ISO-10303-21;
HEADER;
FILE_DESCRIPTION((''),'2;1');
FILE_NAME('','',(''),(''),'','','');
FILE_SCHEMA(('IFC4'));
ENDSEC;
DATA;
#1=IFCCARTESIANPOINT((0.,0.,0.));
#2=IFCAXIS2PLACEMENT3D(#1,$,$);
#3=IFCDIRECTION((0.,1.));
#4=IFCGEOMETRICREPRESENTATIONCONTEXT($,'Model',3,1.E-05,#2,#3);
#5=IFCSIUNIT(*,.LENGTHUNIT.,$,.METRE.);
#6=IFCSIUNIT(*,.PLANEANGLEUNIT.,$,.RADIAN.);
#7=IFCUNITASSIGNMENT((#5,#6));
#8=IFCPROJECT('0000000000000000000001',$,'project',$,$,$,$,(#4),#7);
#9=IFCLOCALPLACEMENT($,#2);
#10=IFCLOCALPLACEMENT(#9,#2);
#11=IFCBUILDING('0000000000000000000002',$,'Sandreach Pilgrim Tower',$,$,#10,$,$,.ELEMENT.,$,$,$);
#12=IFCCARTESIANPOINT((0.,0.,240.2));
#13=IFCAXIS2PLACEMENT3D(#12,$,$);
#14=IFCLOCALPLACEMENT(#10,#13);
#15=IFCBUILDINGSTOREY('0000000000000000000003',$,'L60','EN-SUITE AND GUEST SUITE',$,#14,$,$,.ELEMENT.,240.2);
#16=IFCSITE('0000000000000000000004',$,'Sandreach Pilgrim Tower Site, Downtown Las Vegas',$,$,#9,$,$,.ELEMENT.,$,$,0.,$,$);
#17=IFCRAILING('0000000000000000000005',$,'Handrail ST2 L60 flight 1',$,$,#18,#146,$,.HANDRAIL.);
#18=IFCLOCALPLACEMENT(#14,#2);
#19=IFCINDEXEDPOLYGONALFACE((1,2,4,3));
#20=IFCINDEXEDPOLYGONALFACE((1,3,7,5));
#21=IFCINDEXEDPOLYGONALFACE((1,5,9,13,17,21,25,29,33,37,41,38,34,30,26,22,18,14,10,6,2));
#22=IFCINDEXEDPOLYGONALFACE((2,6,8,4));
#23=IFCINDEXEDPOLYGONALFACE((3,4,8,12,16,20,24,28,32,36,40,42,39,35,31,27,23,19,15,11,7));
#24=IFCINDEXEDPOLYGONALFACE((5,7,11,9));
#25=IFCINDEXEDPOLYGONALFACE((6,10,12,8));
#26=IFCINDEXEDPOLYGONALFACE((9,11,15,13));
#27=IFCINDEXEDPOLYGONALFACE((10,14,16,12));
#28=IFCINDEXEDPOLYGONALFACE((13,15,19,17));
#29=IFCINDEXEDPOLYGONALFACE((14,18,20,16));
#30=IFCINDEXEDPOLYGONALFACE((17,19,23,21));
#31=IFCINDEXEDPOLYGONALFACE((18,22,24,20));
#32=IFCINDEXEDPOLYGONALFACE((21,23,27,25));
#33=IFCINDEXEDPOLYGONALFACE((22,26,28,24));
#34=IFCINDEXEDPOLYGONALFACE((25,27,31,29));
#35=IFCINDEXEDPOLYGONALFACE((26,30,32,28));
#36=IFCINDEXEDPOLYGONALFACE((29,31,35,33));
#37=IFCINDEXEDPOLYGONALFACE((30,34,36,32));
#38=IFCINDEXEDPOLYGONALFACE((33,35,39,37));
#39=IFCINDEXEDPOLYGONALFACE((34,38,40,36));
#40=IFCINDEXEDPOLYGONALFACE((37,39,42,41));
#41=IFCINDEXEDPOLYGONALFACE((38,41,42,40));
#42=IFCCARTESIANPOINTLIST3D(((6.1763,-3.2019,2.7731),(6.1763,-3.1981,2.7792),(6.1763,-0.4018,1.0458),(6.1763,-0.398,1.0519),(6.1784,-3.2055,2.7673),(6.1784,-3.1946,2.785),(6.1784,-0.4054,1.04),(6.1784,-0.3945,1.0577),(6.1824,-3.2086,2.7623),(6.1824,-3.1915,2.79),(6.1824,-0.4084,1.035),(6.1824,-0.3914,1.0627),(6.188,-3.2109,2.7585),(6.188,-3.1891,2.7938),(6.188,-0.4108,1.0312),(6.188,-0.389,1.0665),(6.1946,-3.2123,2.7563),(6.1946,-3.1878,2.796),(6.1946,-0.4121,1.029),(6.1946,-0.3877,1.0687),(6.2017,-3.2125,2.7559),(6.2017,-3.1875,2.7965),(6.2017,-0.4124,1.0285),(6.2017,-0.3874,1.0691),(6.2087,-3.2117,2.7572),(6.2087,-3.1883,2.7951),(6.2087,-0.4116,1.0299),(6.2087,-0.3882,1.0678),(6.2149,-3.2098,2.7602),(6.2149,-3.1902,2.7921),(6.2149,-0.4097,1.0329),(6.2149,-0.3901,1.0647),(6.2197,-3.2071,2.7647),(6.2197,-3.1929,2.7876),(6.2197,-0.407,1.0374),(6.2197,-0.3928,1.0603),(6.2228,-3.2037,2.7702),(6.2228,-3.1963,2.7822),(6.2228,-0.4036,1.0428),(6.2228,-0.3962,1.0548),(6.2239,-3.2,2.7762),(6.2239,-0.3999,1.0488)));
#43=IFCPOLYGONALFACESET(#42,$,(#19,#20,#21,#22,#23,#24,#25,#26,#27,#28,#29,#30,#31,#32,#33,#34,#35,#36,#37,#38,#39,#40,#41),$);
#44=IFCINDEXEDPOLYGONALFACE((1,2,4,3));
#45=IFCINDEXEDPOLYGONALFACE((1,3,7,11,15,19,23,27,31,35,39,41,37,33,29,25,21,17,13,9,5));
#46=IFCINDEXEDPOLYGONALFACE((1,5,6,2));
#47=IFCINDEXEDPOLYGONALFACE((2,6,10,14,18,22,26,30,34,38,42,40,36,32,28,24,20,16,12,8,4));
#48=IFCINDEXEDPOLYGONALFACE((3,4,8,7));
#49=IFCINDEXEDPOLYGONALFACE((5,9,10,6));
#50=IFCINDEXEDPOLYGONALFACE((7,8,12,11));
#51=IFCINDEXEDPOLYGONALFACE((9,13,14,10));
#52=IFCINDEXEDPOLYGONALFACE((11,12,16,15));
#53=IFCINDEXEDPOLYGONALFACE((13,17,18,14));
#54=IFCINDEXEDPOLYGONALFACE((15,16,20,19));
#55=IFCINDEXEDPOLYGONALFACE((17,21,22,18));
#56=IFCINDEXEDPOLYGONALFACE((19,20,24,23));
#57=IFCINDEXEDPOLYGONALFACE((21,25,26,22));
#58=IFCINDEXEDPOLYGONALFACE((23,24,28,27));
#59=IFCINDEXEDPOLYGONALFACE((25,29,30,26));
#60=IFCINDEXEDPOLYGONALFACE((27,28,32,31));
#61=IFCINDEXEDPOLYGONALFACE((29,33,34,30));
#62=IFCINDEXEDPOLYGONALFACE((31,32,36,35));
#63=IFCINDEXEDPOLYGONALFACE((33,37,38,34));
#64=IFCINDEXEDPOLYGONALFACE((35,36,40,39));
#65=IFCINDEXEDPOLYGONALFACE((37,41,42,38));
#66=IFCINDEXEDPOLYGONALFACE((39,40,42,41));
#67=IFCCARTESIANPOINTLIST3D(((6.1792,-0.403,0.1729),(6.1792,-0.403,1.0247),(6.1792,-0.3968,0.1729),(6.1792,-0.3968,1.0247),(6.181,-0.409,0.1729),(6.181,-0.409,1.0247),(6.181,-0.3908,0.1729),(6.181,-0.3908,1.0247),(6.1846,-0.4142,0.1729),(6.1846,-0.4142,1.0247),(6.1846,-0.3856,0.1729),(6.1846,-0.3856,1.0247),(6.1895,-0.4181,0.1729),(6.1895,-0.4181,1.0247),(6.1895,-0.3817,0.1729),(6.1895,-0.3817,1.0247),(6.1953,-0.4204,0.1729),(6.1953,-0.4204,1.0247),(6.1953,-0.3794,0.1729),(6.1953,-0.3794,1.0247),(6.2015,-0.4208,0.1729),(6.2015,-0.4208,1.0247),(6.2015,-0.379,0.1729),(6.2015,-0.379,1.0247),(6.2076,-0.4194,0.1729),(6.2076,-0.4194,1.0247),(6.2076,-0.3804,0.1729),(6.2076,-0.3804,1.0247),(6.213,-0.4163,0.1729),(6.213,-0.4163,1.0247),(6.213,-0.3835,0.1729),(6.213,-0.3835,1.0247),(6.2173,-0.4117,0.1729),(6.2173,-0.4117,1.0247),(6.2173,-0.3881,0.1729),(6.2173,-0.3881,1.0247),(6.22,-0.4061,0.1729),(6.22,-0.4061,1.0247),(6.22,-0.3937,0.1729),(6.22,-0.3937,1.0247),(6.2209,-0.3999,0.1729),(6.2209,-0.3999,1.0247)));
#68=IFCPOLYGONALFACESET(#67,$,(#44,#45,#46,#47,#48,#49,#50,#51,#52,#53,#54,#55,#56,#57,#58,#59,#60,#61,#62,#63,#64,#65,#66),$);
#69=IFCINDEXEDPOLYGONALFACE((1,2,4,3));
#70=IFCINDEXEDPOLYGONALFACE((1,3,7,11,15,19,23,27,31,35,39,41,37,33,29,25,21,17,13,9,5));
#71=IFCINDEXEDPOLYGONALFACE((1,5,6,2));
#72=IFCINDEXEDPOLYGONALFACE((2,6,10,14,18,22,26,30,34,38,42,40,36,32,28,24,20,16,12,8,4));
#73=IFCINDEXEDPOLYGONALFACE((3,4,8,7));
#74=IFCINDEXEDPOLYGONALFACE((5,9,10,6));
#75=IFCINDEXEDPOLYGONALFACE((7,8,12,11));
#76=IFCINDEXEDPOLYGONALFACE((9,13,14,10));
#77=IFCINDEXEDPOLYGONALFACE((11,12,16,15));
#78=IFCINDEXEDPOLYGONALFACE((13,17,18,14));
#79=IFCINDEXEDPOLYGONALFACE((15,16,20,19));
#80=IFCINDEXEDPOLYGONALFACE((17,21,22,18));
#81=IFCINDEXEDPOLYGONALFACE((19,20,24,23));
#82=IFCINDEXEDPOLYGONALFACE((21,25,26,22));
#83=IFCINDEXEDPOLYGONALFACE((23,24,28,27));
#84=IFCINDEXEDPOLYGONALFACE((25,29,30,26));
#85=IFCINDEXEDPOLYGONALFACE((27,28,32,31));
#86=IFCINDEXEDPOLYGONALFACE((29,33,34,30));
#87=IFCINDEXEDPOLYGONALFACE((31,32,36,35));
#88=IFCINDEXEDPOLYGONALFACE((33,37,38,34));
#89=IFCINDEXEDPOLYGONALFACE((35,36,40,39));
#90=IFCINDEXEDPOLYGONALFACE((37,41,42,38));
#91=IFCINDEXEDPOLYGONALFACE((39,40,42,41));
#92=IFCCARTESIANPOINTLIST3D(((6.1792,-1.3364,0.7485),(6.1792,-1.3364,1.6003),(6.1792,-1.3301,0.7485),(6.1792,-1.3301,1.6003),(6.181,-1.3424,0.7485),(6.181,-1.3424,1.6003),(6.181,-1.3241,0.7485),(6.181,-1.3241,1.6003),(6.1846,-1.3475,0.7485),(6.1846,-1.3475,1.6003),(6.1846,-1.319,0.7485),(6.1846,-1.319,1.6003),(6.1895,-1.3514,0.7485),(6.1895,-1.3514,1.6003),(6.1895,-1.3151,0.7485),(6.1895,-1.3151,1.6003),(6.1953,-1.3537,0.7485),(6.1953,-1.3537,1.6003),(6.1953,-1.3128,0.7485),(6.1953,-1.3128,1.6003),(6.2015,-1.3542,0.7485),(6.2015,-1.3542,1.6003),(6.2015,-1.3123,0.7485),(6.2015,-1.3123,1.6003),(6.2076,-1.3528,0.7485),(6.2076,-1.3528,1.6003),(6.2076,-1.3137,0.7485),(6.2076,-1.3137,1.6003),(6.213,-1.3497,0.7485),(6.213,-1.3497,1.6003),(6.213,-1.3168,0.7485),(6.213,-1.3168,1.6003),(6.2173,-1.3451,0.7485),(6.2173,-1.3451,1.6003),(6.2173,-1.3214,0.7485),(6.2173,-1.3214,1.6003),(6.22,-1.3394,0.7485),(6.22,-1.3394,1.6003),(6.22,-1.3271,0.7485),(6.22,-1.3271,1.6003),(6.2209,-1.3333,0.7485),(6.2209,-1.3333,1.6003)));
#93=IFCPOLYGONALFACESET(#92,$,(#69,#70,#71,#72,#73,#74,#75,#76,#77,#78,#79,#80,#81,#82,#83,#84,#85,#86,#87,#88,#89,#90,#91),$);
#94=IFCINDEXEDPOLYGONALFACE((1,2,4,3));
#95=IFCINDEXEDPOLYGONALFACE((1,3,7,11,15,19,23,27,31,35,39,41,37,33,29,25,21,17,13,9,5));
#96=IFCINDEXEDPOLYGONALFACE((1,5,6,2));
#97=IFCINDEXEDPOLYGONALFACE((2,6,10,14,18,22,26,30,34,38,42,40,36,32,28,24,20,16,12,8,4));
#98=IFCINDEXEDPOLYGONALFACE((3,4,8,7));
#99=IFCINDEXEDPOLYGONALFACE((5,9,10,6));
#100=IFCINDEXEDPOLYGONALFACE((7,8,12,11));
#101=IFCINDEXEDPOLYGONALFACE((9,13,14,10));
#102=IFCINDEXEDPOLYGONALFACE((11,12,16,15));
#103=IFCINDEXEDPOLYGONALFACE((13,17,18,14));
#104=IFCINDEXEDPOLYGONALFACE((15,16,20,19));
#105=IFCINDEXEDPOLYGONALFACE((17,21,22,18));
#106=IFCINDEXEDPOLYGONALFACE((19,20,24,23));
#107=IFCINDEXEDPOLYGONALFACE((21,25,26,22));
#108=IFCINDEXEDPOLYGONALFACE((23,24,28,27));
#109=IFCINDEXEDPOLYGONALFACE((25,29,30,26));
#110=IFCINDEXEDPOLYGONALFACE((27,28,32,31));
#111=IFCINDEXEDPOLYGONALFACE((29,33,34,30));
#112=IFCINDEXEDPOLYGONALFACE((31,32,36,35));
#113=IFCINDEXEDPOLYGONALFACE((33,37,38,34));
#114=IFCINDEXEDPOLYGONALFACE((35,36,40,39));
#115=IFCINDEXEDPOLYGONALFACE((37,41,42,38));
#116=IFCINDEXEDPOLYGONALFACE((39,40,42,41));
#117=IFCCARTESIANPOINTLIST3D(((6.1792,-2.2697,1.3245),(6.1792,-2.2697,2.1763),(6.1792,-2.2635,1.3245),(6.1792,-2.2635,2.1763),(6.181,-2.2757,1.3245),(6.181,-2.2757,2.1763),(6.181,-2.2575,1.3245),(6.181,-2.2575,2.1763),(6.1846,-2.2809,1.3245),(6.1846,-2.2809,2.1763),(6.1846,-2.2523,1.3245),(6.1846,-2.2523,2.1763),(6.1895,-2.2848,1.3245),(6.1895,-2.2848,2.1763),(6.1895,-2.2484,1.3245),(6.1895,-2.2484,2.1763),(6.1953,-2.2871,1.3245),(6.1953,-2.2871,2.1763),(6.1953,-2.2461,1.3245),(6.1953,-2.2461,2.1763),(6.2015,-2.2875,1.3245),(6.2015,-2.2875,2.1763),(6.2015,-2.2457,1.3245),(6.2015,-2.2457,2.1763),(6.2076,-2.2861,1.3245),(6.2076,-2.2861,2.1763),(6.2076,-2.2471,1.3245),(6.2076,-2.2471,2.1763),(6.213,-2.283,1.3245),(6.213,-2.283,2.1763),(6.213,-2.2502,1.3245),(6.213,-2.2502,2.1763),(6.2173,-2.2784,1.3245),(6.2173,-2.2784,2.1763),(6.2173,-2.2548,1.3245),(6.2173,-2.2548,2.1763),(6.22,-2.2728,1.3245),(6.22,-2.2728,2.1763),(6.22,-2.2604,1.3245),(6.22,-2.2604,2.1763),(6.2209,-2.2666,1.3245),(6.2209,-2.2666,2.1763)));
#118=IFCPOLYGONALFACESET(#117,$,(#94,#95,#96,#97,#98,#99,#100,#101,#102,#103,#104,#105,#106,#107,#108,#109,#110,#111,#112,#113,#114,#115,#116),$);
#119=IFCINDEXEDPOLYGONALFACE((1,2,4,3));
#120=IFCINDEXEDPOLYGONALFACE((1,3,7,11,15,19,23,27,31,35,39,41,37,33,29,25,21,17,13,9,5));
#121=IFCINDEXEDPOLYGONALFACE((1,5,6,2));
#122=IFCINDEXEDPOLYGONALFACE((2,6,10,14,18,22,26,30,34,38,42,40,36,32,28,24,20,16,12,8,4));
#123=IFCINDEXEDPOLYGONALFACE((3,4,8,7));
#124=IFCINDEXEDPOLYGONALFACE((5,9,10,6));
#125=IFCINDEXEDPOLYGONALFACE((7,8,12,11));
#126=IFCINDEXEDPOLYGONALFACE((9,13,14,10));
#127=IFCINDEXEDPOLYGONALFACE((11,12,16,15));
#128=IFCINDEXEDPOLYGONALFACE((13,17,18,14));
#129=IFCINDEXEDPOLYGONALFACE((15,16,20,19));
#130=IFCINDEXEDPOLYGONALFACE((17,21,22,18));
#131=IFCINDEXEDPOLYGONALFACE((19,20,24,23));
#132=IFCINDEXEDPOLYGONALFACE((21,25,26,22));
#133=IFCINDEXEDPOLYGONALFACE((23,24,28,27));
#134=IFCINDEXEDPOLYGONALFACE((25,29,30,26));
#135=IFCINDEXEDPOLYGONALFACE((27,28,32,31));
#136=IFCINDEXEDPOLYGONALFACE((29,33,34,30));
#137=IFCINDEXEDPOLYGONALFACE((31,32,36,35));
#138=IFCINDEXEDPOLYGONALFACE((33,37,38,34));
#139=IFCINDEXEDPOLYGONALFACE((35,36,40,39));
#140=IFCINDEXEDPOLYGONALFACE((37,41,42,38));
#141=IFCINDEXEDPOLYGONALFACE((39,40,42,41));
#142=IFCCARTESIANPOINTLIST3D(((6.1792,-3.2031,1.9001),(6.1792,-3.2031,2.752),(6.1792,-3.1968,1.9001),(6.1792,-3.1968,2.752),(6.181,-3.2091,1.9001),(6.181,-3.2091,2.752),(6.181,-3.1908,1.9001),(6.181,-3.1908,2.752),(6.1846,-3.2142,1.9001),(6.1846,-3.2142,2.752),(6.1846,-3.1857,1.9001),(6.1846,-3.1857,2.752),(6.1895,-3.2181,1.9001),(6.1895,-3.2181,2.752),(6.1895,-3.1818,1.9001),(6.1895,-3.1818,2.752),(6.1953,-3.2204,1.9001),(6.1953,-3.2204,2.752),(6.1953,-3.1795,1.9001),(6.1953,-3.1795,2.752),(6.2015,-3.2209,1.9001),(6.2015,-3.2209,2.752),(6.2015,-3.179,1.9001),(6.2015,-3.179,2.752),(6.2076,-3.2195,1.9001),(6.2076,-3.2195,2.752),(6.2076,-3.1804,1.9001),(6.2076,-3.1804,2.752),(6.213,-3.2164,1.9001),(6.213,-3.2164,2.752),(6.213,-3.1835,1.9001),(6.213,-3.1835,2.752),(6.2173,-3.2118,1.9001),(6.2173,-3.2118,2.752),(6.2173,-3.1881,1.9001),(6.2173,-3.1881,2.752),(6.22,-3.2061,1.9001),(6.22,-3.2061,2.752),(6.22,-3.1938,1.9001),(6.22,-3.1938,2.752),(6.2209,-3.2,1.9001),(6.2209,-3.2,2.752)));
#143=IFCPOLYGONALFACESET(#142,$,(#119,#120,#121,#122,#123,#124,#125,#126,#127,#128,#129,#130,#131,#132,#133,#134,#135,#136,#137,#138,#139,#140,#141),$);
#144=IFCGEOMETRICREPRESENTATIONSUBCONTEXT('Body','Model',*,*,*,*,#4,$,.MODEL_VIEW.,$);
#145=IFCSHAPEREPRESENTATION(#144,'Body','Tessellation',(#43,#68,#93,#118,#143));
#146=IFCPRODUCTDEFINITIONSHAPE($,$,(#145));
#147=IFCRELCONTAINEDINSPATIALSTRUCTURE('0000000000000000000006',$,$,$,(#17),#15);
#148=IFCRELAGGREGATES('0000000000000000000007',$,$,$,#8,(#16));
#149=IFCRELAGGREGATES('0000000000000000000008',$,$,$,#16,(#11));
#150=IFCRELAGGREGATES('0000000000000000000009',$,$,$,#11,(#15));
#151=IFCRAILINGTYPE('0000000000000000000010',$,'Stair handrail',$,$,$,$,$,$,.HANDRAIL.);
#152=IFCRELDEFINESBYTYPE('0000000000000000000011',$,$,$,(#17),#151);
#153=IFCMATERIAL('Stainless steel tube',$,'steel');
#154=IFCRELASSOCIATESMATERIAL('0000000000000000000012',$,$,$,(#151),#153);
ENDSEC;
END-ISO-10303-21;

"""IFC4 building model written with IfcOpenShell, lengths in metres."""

from ifc_helpers import new_model, si_unit, direction, frame, origin, origin_2d, place, context, subcontext, project, spatial, circle, extrude, material, type_object, element, save


model = new_model("IFC4")

# Units and contexts
model_context = context("Model", 3, precision=1e-05, world=origin(), true_north=direction((0.0, 1.0)))
body_context = subcontext(model_context, "Body", "Model", "MODEL_VIEW")
ifc_project = project(units=[si_unit("LENGTHUNIT", "METRE"), si_unit("PLANEANGLEUNIT", "RADIAN")], contexts=[model_context])

# Site, building, storey
site_placement = place(None, origin())
site = spatial("IfcSite", under=ifc_project, at=site_placement, Name="Sandreach Pilgrim Tower Site, Downtown Las Vegas", CompositionType="ELEMENT", RefElevation=0.0)
building_placement = place(site_placement, origin())
building = spatial("IfcBuilding", under=site, at=building_placement, Name="Sandreach Pilgrim Tower", CompositionType="ELEMENT")
storey_placement = place(building_placement, frame((0.0, 0.0, 240.2)))
storey = spatial("IfcBuildingStorey", under=building, at=storey_placement, Name="L60", Description="EN-SUITE AND GUEST SUITE", CompositionType="ELEMENT", Elevation=240.2)

# Railing
ifc_material_1 = material(Name="Stainless steel tube", Category="steel")
railing_type = type_object("IfcRailingType", Name="Stair handrail", PredefinedType="HANDRAIL", material=ifc_material_1)
for number, where, name in (
    (1, (6.2, -0.3999, 0.1729), "Handrail ST2 L60 flight 1"),
):
    element("IfcRailing", number, at=place(storey_placement, frame(where)), inside=storey, type_object=railing_type, Name=name, PredefinedType="HANDRAIL", context=body_context, shape_type="SweptSolid", body=[
        extrude(circle(Radius=0.0239, at=origin_2d()), frame((0.0, 0.0, 0.876), z_axis=(0.0, -0.85109, 0.52502), x_axis=(1.0, 0.0, 0.0)), (0.0, 0.0, 1.0), 3.29),
        extrude(circle(Radius=0.021, at=origin_2d()), origin(), (0.0, 0.0, 1.0), 0.8518),
        extrude(circle(Radius=0.021, at=origin_2d()), frame((0.0, -0.9333, 0.5757)), (0.0, 0.0, 1.0), 0.8518),
        extrude(circle(Radius=0.021, at=origin_2d()), frame((0.0, -1.8667, 1.1516)), (0.0, 0.0, 1.0), 0.8518),
        extrude(circle(Radius=0.021, at=origin_2d()), frame((0.0, -2.8, 1.7273)), (0.0, 0.0, 1.0), 0.8518),
    ])

save(model, "model.ifc")
